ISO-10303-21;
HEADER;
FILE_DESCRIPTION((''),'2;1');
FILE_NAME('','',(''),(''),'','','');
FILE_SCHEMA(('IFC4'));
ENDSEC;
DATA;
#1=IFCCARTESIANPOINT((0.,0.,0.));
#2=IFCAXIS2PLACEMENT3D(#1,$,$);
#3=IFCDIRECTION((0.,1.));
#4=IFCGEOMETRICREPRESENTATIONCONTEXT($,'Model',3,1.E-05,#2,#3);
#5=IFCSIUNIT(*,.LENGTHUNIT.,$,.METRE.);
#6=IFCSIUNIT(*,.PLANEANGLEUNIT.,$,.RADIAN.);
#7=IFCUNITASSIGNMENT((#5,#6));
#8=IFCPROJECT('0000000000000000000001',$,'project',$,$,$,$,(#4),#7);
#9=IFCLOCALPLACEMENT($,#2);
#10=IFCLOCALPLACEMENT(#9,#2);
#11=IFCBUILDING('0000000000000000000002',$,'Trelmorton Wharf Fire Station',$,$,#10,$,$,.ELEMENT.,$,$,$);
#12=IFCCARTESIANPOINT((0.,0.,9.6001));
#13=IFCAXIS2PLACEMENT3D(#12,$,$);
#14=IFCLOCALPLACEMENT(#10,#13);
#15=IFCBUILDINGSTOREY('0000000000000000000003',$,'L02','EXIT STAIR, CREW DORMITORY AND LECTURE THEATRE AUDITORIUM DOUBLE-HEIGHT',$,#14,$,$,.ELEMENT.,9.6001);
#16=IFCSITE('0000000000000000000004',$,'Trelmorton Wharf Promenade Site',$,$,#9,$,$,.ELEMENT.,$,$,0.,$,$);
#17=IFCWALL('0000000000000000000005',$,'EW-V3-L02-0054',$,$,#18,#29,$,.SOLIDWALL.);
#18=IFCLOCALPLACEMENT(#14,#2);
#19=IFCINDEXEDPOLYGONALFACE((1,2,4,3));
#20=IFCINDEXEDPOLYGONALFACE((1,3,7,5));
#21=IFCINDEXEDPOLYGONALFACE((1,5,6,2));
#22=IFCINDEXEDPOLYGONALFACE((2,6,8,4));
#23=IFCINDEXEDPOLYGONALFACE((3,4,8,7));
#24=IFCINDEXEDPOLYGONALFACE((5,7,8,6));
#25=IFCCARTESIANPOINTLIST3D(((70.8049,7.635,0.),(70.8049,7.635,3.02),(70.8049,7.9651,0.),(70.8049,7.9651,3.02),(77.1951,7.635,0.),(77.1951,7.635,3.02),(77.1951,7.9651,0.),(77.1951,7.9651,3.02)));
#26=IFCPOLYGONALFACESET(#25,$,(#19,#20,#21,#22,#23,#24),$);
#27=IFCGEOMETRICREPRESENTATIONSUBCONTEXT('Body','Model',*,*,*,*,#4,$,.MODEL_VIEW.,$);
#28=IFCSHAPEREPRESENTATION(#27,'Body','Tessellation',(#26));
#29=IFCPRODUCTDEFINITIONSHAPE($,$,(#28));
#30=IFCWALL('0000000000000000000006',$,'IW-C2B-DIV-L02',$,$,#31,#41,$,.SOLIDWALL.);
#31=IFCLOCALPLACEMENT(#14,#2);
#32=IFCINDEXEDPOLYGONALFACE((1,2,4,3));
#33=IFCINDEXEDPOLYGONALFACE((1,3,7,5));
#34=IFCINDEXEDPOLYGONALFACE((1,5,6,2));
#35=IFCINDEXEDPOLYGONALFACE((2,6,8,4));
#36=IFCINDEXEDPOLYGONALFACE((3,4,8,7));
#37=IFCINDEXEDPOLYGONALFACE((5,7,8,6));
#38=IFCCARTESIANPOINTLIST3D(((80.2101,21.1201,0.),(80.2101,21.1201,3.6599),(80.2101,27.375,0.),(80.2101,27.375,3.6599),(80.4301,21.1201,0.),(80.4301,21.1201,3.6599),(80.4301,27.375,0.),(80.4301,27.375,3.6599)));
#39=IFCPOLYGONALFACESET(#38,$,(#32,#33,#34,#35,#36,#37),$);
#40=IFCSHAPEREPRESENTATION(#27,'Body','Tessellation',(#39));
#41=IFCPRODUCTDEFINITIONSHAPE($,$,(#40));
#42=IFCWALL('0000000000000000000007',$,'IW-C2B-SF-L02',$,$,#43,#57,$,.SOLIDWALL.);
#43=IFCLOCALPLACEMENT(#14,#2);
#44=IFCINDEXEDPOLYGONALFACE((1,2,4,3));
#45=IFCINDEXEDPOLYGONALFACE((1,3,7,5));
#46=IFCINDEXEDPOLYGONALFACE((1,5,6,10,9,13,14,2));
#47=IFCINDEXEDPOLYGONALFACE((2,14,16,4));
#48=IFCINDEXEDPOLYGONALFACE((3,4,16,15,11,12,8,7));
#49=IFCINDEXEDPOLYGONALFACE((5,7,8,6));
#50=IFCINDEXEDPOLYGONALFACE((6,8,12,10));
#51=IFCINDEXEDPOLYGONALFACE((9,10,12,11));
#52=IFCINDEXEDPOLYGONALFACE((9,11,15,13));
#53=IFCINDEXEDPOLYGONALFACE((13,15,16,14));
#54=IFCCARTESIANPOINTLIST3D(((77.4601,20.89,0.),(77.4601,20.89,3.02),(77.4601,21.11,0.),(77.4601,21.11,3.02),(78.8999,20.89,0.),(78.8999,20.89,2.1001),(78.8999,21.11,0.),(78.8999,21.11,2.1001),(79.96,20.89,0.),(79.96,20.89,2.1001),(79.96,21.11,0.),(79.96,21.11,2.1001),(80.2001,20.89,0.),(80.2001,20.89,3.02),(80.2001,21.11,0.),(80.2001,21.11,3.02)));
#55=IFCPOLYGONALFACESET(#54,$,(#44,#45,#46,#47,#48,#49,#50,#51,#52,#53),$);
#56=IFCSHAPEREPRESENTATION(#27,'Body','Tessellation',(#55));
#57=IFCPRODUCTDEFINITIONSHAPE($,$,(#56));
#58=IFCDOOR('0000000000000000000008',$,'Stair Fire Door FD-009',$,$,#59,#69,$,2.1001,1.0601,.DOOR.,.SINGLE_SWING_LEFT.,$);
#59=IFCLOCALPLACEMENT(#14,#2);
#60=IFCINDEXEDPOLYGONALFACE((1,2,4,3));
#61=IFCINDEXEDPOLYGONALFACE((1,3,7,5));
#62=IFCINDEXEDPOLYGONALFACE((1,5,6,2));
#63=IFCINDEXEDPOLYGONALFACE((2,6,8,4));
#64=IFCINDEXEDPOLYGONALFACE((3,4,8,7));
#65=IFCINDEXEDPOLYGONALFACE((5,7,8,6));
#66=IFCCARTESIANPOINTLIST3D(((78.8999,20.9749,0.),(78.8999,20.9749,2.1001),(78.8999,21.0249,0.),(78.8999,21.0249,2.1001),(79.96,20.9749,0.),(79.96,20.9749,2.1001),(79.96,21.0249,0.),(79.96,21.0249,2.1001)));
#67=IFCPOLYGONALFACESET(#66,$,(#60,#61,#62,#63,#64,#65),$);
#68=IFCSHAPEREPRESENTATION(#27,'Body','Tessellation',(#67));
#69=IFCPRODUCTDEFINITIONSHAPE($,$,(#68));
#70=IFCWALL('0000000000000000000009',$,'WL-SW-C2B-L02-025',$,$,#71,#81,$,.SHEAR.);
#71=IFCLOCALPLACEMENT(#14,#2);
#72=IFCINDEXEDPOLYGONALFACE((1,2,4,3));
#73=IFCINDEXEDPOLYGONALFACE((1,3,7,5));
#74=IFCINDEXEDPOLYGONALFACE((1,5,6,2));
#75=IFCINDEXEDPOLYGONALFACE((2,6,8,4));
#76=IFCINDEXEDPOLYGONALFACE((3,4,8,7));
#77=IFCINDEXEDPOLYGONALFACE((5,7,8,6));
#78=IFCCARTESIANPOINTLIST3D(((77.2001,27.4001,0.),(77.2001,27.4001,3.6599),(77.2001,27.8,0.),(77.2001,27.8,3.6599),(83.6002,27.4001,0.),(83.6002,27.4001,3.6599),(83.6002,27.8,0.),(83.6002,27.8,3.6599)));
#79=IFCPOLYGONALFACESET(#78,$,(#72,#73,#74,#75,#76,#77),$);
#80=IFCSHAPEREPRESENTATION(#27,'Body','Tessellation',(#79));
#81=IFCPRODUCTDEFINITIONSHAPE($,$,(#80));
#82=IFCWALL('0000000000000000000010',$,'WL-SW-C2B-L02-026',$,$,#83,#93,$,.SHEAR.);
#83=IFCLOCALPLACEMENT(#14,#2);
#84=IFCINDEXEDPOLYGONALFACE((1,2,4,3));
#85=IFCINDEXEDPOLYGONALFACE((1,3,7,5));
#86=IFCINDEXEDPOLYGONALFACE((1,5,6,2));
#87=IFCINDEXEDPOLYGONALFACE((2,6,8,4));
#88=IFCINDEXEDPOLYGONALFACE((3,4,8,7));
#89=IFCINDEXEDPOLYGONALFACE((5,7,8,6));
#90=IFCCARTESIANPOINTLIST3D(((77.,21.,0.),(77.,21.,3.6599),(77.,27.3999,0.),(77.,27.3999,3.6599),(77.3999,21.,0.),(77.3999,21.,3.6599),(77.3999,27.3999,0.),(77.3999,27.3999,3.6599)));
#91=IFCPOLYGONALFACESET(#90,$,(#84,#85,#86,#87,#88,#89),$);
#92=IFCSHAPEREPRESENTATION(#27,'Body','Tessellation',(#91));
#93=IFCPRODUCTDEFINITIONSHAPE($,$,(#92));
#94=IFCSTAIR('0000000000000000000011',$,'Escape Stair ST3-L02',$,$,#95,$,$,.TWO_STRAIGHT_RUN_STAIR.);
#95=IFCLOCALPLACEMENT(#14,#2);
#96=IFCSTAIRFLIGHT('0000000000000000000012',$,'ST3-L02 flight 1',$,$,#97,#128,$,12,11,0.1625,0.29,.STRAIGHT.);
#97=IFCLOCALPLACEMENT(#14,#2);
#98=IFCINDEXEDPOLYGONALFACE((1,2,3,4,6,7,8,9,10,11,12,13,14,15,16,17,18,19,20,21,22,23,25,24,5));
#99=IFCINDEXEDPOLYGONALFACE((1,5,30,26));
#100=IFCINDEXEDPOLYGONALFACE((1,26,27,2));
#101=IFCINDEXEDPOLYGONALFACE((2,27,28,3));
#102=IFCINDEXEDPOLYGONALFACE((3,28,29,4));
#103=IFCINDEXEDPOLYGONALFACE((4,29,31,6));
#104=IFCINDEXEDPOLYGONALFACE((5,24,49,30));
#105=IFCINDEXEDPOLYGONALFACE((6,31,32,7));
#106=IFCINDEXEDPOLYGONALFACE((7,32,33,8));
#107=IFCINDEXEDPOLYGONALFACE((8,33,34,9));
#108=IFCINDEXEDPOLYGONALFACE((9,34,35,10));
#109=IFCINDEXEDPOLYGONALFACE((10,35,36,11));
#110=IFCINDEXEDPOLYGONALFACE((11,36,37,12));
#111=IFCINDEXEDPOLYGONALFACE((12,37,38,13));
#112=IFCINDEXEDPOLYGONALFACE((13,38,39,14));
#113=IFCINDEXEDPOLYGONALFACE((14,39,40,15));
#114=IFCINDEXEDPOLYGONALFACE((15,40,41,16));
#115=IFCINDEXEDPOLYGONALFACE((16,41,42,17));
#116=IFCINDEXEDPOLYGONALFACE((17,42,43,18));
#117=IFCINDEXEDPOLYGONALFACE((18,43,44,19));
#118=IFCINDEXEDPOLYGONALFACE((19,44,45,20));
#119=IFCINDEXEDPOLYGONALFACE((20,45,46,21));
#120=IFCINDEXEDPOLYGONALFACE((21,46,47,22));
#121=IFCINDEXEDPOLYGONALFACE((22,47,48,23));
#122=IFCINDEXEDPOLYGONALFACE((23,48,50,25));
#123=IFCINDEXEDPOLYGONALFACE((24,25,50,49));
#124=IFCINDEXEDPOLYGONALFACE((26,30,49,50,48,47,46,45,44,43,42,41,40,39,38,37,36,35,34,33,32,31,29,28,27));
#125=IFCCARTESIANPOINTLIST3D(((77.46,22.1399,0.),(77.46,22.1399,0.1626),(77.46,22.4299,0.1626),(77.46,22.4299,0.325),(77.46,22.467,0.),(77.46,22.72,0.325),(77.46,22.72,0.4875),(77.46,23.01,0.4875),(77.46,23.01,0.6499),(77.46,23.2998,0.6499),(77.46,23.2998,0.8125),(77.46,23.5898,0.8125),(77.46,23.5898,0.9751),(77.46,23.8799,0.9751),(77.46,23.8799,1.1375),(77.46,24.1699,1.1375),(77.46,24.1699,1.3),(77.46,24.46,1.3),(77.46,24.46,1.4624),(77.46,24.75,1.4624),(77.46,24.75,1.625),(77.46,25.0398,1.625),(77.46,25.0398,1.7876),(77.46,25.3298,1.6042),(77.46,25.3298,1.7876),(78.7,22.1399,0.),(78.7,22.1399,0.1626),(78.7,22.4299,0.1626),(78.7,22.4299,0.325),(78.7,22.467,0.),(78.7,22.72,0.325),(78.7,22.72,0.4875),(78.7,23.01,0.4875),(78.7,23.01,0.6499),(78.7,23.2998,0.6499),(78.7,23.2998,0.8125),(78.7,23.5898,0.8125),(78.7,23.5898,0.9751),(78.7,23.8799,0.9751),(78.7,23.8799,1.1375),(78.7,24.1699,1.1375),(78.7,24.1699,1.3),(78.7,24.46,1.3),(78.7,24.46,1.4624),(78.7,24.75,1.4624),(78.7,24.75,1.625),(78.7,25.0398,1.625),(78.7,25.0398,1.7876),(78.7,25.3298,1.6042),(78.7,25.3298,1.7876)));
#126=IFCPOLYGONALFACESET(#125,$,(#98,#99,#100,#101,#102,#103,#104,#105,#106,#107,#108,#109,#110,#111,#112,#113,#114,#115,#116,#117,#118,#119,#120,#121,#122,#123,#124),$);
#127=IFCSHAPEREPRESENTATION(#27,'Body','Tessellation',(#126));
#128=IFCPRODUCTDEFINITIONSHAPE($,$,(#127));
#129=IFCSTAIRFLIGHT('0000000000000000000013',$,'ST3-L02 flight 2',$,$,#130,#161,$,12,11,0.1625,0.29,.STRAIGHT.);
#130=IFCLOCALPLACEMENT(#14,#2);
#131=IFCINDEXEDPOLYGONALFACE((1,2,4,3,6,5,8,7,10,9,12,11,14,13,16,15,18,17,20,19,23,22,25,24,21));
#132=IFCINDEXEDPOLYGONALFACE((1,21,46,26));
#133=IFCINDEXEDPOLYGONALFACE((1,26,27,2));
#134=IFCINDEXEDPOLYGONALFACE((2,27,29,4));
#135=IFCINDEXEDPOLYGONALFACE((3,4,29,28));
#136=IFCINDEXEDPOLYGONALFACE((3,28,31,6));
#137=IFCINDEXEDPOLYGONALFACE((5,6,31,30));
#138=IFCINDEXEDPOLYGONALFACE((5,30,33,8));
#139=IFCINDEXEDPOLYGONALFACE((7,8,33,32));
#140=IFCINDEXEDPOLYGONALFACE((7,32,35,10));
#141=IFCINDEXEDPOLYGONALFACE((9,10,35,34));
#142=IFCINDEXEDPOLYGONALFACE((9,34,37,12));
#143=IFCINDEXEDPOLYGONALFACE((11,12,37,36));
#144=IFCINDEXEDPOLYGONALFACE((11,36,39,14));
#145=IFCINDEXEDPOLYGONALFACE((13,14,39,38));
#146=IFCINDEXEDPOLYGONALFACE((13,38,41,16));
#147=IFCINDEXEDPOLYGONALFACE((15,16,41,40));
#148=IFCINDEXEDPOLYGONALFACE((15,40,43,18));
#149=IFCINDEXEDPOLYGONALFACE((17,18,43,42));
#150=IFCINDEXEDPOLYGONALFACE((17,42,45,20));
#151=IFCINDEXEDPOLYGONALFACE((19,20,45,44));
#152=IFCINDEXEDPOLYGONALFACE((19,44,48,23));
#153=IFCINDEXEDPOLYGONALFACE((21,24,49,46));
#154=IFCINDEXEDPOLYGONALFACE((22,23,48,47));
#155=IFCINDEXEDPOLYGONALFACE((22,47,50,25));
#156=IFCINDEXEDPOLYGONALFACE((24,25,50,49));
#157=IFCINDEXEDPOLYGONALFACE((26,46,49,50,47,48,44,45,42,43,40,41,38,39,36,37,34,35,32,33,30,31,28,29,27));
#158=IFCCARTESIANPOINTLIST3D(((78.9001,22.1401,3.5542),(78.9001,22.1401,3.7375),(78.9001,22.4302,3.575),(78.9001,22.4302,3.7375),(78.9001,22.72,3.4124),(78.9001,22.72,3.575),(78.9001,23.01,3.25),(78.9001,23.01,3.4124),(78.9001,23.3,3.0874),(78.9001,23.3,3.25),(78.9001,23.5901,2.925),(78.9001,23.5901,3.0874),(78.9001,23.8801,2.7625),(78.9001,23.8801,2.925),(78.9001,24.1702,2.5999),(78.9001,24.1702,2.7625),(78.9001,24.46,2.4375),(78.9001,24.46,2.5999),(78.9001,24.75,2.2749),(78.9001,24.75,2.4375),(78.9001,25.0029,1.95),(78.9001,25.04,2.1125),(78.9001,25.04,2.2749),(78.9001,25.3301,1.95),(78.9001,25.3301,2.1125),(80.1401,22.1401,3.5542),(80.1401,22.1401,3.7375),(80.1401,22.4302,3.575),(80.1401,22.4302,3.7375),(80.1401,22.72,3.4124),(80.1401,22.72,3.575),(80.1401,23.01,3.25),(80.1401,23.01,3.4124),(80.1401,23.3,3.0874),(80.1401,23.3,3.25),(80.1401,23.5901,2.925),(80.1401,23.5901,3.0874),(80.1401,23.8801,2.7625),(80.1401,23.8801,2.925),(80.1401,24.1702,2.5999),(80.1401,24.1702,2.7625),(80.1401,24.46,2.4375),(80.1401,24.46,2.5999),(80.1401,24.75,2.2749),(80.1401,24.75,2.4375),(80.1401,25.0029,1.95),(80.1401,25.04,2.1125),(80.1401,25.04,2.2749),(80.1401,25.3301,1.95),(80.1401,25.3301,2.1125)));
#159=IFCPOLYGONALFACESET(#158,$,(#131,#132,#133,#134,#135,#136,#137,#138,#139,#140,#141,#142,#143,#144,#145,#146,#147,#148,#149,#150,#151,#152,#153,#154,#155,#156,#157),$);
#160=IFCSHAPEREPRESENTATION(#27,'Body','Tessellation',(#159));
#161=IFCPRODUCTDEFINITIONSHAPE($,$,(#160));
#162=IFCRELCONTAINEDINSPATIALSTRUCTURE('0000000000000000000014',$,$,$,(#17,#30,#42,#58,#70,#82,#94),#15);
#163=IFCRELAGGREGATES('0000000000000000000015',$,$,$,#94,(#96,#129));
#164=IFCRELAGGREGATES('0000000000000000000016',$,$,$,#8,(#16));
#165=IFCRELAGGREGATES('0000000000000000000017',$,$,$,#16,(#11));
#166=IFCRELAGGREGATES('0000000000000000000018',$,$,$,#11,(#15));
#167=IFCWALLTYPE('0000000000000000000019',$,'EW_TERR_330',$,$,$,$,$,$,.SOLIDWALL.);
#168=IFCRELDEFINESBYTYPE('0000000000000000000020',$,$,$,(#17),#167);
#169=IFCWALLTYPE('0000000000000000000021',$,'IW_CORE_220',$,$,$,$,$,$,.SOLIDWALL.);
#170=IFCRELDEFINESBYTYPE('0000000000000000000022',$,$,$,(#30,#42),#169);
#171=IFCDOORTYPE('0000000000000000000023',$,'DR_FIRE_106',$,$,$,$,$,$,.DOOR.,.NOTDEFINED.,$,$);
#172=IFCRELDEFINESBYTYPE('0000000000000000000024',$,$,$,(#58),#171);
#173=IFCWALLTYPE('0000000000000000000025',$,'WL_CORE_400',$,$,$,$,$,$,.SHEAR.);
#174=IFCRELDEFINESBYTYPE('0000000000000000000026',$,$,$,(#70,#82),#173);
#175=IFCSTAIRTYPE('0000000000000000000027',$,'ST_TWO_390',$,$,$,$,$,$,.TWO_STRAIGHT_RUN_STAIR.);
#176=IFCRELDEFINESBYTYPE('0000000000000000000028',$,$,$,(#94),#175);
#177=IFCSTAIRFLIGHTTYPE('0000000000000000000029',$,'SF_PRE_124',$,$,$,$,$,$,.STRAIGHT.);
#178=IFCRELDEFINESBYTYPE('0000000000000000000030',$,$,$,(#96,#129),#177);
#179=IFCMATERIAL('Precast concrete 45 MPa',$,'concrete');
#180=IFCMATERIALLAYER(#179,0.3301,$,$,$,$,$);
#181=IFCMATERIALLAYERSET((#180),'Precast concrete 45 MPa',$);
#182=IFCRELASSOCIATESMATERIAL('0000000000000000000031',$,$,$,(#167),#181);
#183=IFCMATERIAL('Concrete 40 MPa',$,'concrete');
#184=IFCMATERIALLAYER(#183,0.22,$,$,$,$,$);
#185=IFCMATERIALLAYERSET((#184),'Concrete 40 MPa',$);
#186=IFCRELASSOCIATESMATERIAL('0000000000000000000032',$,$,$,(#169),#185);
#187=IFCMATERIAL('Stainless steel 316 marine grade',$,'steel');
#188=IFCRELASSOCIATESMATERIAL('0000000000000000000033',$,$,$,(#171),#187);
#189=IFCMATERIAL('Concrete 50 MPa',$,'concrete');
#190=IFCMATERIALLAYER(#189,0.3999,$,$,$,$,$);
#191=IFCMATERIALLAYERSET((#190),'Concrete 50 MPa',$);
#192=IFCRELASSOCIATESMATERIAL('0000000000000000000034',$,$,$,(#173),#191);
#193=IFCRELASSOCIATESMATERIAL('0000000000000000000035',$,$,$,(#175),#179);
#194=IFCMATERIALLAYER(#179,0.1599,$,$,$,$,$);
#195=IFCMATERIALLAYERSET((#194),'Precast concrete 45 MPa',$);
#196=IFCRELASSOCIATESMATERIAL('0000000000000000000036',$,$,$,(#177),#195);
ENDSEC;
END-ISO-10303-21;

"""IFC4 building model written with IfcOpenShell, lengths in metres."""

from ifc_helpers import new_model, si_unit, direction, frame, frame_2d, origin, place, context, subcontext, project, spatial, polyline, rectangle, outline, extrude, material, layer, layer_set, type_object, element, fill, aggregate, save


model = new_model("IFC4")

# Units and contexts
model_context = context("Model", 3, precision=1e-05, world=origin(), true_north=direction((0.0, 1.0)))
body_context = subcontext(model_context, "Body", "Model", "MODEL_VIEW")
ifc_project = project(units=[si_unit("LENGTHUNIT", "METRE"), si_unit("PLANEANGLEUNIT", "RADIAN")], contexts=[model_context])

# Site, building, storey
site_placement = place(None, origin())
site = spatial("IfcSite", under=ifc_project, at=site_placement, Name="Trelmorton Wharf Promenade Site", CompositionType="ELEMENT", RefElevation=0.0)
building_placement = place(site_placement, origin())
building = spatial("IfcBuilding", under=site, at=building_placement, Name="Trelmorton Wharf Fire Station", CompositionType="ELEMENT")
storey_placement = place(building_placement, frame((0.0, 0.0, 9.6001)))
storey = spatial("IfcBuildingStorey", under=building, at=storey_placement, Name="L02", Description="EXIT STAIR, CREW DORMITORY AND LECTURE THEATRE AUDITORIUM DOUBLE-HEIGHT", CompositionType="ELEMENT", Elevation=9.6001)

# Walls
ifc_material_1 = material(Name="Precast concrete 45 MPa", Category="concrete")
ifc_layer_1 = layer(ifc_material_1, 0.3301)
ifc_layer_set_1 = layer_set([ifc_layer_1], Name="Precast concrete 45 MPa")
wall_type_1 = type_object("IfcWallType", Name="EW_TERR_330", PredefinedType="SOLIDWALL", material=ifc_layer_set_1)
wall_1_placement = place(storey_placement, frame((77.1951, 7.8, 0.0), z_axis=(0.0, 0.0, 1.0), x_axis=(-1.0, 0.0, 0.0)))
element("IfcWall", 1, at=wall_1_placement, inside=storey, type_object=wall_type_1, Name="EW-V3-L02-0054", PredefinedType="SOLIDWALL", context=body_context, shape_type="SweptSolid", body=[
    extrude(rectangle(XDim=6.3901, YDim=0.3301, at=frame_2d((3.1951, 0.0))), origin(), (0.0, 0.0, 1.0), 3.02),
])
ifc_material_2 = material(Name="Concrete 40 MPa", Category="concrete")
ifc_layer_2 = layer(ifc_material_2, 0.22)
ifc_layer_set_2 = layer_set([ifc_layer_2], Name="Concrete 40 MPa")
wall_type_2 = type_object("IfcWallType", Name="IW_CORE_220", PredefinedType="SOLIDWALL", material=ifc_layer_set_2)
wall_2_placement = place(storey_placement, frame((80.3201, 21.1201, 0.0), z_axis=(0.0, 0.0, 1.0), x_axis=(0.0, 1.0, 0.0)))
element("IfcWall", 2, at=wall_2_placement, inside=storey, type_object=wall_type_2, Name="IW-C2B-DIV-L02", PredefinedType="SOLIDWALL", context=body_context, shape_type="SweptSolid", body=[
    extrude(rectangle(XDim=6.2549, YDim=0.22, at=frame_2d((3.1274, 0.0))), origin(), (0.0, 0.0, 1.0), 3.6599),
])

# Wall, opening, door
wall_3_placement = place(storey_placement, frame((77.46, 21.0, 0.0), z_axis=(0.0, 0.0, 1.0), x_axis=(1.0, 0.0, 0.0)))
wall_3 = element("IfcWall", 3, at=wall_3_placement, inside=storey, type_object=wall_type_2, Name="IW-C2B-SF-L02", PredefinedType="SOLIDWALL", context=body_context, shape_type="SweptSolid", body=[
    extrude(rectangle(XDim=2.74, YDim=0.22, at=frame_2d((1.3701, 0.0))), origin(), (0.0, 0.0, 1.0), 3.02),
])
opening_placement = place(wall_3_placement, frame((1.4399, 0.0, 0.0)))
opening = element("IfcOpeningElement", 4, at=opening_placement, cuts=wall_3, PredefinedType="OPENING", context=body_context, shape_type="SweptSolid", body=[
    extrude(rectangle(XDim=1.0601, YDim=2.1001, at=frame_2d((0.53, 1.05))), frame((0.0, 0.1201, 0.0), z_axis=(0.0, -1.0, 0.0), x_axis=(1.0, 0.0, 0.0)), (0.0, 0.0, 1.0), 0.24),
])
ifc_material_3 = material(Name="Stainless steel 316 marine grade", Category="steel")
door_type = type_object("IfcDoorType", Name="DR_FIRE_106", OperationType="NOTDEFINED", PredefinedType="DOOR", material=ifc_material_3)
door_placement = place(opening_placement, origin())
door = element("IfcDoor", 5, at=door_placement, inside=storey, type_object=door_type, Name="Stair Fire Door FD-009", OperationType="SINGLE_SWING_LEFT", OverallHeight=2.1001, OverallWidth=1.0601, PredefinedType="DOOR", context=body_context, shape_type="SweptSolid", body=[
    extrude(rectangle(XDim=1.0601, YDim=2.1001, at=frame_2d((0.53, 1.05))), frame((0.0, 0.0249, 0.0), z_axis=(0.0, -1.0, 0.0), x_axis=(1.0, 0.0, 0.0)), (0.0, 0.0, 1.0), 0.05),
])
fill(opening, door)

# Walls
ifc_material_4 = material(Name="Concrete 50 MPa", Category="concrete")
ifc_layer_3 = layer(ifc_material_4, 0.3999)
ifc_layer_set_3 = layer_set([ifc_layer_3], Name="Concrete 50 MPa")
wall_type_3 = type_object("IfcWallType", Name="WL_CORE_400", PredefinedType="SHEAR", material=ifc_layer_set_3)
wall_4_placement = place(storey_placement, frame((77.2, 27.6001, 0.0), z_axis=(0.0, 0.0, 1.0), x_axis=(1.0, 0.0, 0.0)))
element("IfcWall", 6, at=wall_4_placement, inside=storey, type_object=wall_type_3, Name="WL-SW-C2B-L02-025", PredefinedType="SHEAR", context=body_context, shape_type="SweptSolid", body=[
    extrude(rectangle(XDim=6.4001, YDim=0.3999, at=frame_2d((3.2002, 0.0))), origin(), (0.0, 0.0, 1.0), 3.6599),
])
wall_5_placement = place(storey_placement, frame((77.2, 21.0, 0.0), z_axis=(0.0, 0.0, 1.0), x_axis=(0.0, 1.0, 0.0)))
element("IfcWall", 7, at=wall_5_placement, inside=storey, type_object=wall_type_3, Name="WL-SW-C2B-L02-026", PredefinedType="SHEAR", context=body_context, shape_type="SweptSolid", body=[
    extrude(rectangle(XDim=6.3999, YDim=0.3999, at=frame_2d((3.2, 0.0))), origin(), (0.0, 0.0, 1.0), 3.6599),
])

# Stair, stair flights
stair_type = type_object("IfcStairType", Name="ST_TWO_390", PredefinedType="TWO_STRAIGHT_RUN_STAIR", material=ifc_material_1)
stair_placement = place(storey_placement, origin())
stair = element("IfcStair", 8, at=stair_placement, inside=storey, type_object=stair_type, Name="Escape Stair ST3-L02", PredefinedType="TWO_STRAIGHT_RUN_STAIR")
ifc_layer_4 = layer(ifc_material_1, 0.1599)
ifc_layer_set_4 = layer_set([ifc_layer_4], Name="Precast concrete 45 MPa")
stair_flight_type = type_object("IfcStairFlightType", Name="SF_PRE_124", PredefinedType="STRAIGHT", material=ifc_layer_set_4)
stair_flight_1_placement = place(storey_placement, frame((78.0801, 22.1399, 0.0), z_axis=(0.0, 0.0, 1.0), x_axis=(0.0, 1.0, 0.0)))
stair_flight_1 = element("IfcStairFlight", 9, at=stair_flight_1_placement, type_object=stair_flight_type, Name="ST3-L02 flight 1", NumberOfRisers=12, NumberOfTreads=11, PredefinedType="STRAIGHT", RiserHeight=0.1625, TreadLength=0.29, context=body_context, shape_type="SweptSolid", body=[
    extrude(outline(polyline([(0.0, 0.0), (0.0, 0.1626), (0.29, 0.1626), (0.29, 0.325), (0.5801, 0.325), (0.5801, 0.4875), (0.8701, 0.4875), (0.8701, 0.6499), (1.1599, 0.6499), (1.1599, 0.8125), (1.45, 0.8125), (1.45, 0.9751), (1.74, 0.9751), (1.74, 1.1375), (2.03, 1.1375), (2.03, 1.3), (2.3201, 1.3), (2.3201, 1.4624), (2.6101, 1.4624), (2.6101, 1.625), (2.8999, 1.625), (2.8999, 1.7876), (3.1899, 1.7876), (3.1899, 1.95), (3.1899, 1.6042), (0.3271, 0.0), (0.0, 0.0)])), frame((0.0, 0.6201, 0.0), z_axis=(0.0, -1.0, 0.0), x_axis=(1.0, 0.0, 0.0)), (0.0, 0.0, 1.0), 1.24),
])
stair_flight_2_placement = place(storey_placement, frame((79.52, 25.3301, 1.95), z_axis=(0.0, 0.0, 1.0), x_axis=(0.0, -1.0, 0.0)))
stair_flight_2 = element("IfcStairFlight", 10, at=stair_flight_2_placement, type_object=stair_flight_type, Name="ST3-L02 flight 2", NumberOfRisers=12, NumberOfTreads=11, PredefinedType="STRAIGHT", RiserHeight=0.1625, TreadLength=0.29, context=body_context, shape_type="SweptSolid", body=[
    extrude(outline(polyline([(0.0, 0.0), (0.0, 0.1626), (0.29, 0.1626), (0.29, 0.325), (0.5801, 0.325), (0.5801, 0.4875), (0.8701, 0.4875), (0.8701, 0.6499), (1.1599, 0.6499), (1.1599, 0.8125), (1.45, 0.8125), (1.45, 0.9751), (1.74, 0.9751), (1.74, 1.1375), (2.03, 1.1375), (2.03, 1.3), (2.3201, 1.3), (2.3201, 1.4624), (2.6101, 1.4624), (2.6101, 1.625), (2.8999, 1.625), (2.8999, 1.7876), (3.1899, 1.7876), (3.1899, 1.95), (3.1899, 1.6042), (0.3271, 0.0), (0.0, 0.0)])), frame((0.0, 0.6201, 0.0), z_axis=(0.0, -1.0, 0.0), x_axis=(1.0, 0.0, 0.0)), (0.0, 0.0, 1.0), 1.24),
])
aggregate(stair, [stair_flight_1, stair_flight_2])

save(model, "model.ifc")
